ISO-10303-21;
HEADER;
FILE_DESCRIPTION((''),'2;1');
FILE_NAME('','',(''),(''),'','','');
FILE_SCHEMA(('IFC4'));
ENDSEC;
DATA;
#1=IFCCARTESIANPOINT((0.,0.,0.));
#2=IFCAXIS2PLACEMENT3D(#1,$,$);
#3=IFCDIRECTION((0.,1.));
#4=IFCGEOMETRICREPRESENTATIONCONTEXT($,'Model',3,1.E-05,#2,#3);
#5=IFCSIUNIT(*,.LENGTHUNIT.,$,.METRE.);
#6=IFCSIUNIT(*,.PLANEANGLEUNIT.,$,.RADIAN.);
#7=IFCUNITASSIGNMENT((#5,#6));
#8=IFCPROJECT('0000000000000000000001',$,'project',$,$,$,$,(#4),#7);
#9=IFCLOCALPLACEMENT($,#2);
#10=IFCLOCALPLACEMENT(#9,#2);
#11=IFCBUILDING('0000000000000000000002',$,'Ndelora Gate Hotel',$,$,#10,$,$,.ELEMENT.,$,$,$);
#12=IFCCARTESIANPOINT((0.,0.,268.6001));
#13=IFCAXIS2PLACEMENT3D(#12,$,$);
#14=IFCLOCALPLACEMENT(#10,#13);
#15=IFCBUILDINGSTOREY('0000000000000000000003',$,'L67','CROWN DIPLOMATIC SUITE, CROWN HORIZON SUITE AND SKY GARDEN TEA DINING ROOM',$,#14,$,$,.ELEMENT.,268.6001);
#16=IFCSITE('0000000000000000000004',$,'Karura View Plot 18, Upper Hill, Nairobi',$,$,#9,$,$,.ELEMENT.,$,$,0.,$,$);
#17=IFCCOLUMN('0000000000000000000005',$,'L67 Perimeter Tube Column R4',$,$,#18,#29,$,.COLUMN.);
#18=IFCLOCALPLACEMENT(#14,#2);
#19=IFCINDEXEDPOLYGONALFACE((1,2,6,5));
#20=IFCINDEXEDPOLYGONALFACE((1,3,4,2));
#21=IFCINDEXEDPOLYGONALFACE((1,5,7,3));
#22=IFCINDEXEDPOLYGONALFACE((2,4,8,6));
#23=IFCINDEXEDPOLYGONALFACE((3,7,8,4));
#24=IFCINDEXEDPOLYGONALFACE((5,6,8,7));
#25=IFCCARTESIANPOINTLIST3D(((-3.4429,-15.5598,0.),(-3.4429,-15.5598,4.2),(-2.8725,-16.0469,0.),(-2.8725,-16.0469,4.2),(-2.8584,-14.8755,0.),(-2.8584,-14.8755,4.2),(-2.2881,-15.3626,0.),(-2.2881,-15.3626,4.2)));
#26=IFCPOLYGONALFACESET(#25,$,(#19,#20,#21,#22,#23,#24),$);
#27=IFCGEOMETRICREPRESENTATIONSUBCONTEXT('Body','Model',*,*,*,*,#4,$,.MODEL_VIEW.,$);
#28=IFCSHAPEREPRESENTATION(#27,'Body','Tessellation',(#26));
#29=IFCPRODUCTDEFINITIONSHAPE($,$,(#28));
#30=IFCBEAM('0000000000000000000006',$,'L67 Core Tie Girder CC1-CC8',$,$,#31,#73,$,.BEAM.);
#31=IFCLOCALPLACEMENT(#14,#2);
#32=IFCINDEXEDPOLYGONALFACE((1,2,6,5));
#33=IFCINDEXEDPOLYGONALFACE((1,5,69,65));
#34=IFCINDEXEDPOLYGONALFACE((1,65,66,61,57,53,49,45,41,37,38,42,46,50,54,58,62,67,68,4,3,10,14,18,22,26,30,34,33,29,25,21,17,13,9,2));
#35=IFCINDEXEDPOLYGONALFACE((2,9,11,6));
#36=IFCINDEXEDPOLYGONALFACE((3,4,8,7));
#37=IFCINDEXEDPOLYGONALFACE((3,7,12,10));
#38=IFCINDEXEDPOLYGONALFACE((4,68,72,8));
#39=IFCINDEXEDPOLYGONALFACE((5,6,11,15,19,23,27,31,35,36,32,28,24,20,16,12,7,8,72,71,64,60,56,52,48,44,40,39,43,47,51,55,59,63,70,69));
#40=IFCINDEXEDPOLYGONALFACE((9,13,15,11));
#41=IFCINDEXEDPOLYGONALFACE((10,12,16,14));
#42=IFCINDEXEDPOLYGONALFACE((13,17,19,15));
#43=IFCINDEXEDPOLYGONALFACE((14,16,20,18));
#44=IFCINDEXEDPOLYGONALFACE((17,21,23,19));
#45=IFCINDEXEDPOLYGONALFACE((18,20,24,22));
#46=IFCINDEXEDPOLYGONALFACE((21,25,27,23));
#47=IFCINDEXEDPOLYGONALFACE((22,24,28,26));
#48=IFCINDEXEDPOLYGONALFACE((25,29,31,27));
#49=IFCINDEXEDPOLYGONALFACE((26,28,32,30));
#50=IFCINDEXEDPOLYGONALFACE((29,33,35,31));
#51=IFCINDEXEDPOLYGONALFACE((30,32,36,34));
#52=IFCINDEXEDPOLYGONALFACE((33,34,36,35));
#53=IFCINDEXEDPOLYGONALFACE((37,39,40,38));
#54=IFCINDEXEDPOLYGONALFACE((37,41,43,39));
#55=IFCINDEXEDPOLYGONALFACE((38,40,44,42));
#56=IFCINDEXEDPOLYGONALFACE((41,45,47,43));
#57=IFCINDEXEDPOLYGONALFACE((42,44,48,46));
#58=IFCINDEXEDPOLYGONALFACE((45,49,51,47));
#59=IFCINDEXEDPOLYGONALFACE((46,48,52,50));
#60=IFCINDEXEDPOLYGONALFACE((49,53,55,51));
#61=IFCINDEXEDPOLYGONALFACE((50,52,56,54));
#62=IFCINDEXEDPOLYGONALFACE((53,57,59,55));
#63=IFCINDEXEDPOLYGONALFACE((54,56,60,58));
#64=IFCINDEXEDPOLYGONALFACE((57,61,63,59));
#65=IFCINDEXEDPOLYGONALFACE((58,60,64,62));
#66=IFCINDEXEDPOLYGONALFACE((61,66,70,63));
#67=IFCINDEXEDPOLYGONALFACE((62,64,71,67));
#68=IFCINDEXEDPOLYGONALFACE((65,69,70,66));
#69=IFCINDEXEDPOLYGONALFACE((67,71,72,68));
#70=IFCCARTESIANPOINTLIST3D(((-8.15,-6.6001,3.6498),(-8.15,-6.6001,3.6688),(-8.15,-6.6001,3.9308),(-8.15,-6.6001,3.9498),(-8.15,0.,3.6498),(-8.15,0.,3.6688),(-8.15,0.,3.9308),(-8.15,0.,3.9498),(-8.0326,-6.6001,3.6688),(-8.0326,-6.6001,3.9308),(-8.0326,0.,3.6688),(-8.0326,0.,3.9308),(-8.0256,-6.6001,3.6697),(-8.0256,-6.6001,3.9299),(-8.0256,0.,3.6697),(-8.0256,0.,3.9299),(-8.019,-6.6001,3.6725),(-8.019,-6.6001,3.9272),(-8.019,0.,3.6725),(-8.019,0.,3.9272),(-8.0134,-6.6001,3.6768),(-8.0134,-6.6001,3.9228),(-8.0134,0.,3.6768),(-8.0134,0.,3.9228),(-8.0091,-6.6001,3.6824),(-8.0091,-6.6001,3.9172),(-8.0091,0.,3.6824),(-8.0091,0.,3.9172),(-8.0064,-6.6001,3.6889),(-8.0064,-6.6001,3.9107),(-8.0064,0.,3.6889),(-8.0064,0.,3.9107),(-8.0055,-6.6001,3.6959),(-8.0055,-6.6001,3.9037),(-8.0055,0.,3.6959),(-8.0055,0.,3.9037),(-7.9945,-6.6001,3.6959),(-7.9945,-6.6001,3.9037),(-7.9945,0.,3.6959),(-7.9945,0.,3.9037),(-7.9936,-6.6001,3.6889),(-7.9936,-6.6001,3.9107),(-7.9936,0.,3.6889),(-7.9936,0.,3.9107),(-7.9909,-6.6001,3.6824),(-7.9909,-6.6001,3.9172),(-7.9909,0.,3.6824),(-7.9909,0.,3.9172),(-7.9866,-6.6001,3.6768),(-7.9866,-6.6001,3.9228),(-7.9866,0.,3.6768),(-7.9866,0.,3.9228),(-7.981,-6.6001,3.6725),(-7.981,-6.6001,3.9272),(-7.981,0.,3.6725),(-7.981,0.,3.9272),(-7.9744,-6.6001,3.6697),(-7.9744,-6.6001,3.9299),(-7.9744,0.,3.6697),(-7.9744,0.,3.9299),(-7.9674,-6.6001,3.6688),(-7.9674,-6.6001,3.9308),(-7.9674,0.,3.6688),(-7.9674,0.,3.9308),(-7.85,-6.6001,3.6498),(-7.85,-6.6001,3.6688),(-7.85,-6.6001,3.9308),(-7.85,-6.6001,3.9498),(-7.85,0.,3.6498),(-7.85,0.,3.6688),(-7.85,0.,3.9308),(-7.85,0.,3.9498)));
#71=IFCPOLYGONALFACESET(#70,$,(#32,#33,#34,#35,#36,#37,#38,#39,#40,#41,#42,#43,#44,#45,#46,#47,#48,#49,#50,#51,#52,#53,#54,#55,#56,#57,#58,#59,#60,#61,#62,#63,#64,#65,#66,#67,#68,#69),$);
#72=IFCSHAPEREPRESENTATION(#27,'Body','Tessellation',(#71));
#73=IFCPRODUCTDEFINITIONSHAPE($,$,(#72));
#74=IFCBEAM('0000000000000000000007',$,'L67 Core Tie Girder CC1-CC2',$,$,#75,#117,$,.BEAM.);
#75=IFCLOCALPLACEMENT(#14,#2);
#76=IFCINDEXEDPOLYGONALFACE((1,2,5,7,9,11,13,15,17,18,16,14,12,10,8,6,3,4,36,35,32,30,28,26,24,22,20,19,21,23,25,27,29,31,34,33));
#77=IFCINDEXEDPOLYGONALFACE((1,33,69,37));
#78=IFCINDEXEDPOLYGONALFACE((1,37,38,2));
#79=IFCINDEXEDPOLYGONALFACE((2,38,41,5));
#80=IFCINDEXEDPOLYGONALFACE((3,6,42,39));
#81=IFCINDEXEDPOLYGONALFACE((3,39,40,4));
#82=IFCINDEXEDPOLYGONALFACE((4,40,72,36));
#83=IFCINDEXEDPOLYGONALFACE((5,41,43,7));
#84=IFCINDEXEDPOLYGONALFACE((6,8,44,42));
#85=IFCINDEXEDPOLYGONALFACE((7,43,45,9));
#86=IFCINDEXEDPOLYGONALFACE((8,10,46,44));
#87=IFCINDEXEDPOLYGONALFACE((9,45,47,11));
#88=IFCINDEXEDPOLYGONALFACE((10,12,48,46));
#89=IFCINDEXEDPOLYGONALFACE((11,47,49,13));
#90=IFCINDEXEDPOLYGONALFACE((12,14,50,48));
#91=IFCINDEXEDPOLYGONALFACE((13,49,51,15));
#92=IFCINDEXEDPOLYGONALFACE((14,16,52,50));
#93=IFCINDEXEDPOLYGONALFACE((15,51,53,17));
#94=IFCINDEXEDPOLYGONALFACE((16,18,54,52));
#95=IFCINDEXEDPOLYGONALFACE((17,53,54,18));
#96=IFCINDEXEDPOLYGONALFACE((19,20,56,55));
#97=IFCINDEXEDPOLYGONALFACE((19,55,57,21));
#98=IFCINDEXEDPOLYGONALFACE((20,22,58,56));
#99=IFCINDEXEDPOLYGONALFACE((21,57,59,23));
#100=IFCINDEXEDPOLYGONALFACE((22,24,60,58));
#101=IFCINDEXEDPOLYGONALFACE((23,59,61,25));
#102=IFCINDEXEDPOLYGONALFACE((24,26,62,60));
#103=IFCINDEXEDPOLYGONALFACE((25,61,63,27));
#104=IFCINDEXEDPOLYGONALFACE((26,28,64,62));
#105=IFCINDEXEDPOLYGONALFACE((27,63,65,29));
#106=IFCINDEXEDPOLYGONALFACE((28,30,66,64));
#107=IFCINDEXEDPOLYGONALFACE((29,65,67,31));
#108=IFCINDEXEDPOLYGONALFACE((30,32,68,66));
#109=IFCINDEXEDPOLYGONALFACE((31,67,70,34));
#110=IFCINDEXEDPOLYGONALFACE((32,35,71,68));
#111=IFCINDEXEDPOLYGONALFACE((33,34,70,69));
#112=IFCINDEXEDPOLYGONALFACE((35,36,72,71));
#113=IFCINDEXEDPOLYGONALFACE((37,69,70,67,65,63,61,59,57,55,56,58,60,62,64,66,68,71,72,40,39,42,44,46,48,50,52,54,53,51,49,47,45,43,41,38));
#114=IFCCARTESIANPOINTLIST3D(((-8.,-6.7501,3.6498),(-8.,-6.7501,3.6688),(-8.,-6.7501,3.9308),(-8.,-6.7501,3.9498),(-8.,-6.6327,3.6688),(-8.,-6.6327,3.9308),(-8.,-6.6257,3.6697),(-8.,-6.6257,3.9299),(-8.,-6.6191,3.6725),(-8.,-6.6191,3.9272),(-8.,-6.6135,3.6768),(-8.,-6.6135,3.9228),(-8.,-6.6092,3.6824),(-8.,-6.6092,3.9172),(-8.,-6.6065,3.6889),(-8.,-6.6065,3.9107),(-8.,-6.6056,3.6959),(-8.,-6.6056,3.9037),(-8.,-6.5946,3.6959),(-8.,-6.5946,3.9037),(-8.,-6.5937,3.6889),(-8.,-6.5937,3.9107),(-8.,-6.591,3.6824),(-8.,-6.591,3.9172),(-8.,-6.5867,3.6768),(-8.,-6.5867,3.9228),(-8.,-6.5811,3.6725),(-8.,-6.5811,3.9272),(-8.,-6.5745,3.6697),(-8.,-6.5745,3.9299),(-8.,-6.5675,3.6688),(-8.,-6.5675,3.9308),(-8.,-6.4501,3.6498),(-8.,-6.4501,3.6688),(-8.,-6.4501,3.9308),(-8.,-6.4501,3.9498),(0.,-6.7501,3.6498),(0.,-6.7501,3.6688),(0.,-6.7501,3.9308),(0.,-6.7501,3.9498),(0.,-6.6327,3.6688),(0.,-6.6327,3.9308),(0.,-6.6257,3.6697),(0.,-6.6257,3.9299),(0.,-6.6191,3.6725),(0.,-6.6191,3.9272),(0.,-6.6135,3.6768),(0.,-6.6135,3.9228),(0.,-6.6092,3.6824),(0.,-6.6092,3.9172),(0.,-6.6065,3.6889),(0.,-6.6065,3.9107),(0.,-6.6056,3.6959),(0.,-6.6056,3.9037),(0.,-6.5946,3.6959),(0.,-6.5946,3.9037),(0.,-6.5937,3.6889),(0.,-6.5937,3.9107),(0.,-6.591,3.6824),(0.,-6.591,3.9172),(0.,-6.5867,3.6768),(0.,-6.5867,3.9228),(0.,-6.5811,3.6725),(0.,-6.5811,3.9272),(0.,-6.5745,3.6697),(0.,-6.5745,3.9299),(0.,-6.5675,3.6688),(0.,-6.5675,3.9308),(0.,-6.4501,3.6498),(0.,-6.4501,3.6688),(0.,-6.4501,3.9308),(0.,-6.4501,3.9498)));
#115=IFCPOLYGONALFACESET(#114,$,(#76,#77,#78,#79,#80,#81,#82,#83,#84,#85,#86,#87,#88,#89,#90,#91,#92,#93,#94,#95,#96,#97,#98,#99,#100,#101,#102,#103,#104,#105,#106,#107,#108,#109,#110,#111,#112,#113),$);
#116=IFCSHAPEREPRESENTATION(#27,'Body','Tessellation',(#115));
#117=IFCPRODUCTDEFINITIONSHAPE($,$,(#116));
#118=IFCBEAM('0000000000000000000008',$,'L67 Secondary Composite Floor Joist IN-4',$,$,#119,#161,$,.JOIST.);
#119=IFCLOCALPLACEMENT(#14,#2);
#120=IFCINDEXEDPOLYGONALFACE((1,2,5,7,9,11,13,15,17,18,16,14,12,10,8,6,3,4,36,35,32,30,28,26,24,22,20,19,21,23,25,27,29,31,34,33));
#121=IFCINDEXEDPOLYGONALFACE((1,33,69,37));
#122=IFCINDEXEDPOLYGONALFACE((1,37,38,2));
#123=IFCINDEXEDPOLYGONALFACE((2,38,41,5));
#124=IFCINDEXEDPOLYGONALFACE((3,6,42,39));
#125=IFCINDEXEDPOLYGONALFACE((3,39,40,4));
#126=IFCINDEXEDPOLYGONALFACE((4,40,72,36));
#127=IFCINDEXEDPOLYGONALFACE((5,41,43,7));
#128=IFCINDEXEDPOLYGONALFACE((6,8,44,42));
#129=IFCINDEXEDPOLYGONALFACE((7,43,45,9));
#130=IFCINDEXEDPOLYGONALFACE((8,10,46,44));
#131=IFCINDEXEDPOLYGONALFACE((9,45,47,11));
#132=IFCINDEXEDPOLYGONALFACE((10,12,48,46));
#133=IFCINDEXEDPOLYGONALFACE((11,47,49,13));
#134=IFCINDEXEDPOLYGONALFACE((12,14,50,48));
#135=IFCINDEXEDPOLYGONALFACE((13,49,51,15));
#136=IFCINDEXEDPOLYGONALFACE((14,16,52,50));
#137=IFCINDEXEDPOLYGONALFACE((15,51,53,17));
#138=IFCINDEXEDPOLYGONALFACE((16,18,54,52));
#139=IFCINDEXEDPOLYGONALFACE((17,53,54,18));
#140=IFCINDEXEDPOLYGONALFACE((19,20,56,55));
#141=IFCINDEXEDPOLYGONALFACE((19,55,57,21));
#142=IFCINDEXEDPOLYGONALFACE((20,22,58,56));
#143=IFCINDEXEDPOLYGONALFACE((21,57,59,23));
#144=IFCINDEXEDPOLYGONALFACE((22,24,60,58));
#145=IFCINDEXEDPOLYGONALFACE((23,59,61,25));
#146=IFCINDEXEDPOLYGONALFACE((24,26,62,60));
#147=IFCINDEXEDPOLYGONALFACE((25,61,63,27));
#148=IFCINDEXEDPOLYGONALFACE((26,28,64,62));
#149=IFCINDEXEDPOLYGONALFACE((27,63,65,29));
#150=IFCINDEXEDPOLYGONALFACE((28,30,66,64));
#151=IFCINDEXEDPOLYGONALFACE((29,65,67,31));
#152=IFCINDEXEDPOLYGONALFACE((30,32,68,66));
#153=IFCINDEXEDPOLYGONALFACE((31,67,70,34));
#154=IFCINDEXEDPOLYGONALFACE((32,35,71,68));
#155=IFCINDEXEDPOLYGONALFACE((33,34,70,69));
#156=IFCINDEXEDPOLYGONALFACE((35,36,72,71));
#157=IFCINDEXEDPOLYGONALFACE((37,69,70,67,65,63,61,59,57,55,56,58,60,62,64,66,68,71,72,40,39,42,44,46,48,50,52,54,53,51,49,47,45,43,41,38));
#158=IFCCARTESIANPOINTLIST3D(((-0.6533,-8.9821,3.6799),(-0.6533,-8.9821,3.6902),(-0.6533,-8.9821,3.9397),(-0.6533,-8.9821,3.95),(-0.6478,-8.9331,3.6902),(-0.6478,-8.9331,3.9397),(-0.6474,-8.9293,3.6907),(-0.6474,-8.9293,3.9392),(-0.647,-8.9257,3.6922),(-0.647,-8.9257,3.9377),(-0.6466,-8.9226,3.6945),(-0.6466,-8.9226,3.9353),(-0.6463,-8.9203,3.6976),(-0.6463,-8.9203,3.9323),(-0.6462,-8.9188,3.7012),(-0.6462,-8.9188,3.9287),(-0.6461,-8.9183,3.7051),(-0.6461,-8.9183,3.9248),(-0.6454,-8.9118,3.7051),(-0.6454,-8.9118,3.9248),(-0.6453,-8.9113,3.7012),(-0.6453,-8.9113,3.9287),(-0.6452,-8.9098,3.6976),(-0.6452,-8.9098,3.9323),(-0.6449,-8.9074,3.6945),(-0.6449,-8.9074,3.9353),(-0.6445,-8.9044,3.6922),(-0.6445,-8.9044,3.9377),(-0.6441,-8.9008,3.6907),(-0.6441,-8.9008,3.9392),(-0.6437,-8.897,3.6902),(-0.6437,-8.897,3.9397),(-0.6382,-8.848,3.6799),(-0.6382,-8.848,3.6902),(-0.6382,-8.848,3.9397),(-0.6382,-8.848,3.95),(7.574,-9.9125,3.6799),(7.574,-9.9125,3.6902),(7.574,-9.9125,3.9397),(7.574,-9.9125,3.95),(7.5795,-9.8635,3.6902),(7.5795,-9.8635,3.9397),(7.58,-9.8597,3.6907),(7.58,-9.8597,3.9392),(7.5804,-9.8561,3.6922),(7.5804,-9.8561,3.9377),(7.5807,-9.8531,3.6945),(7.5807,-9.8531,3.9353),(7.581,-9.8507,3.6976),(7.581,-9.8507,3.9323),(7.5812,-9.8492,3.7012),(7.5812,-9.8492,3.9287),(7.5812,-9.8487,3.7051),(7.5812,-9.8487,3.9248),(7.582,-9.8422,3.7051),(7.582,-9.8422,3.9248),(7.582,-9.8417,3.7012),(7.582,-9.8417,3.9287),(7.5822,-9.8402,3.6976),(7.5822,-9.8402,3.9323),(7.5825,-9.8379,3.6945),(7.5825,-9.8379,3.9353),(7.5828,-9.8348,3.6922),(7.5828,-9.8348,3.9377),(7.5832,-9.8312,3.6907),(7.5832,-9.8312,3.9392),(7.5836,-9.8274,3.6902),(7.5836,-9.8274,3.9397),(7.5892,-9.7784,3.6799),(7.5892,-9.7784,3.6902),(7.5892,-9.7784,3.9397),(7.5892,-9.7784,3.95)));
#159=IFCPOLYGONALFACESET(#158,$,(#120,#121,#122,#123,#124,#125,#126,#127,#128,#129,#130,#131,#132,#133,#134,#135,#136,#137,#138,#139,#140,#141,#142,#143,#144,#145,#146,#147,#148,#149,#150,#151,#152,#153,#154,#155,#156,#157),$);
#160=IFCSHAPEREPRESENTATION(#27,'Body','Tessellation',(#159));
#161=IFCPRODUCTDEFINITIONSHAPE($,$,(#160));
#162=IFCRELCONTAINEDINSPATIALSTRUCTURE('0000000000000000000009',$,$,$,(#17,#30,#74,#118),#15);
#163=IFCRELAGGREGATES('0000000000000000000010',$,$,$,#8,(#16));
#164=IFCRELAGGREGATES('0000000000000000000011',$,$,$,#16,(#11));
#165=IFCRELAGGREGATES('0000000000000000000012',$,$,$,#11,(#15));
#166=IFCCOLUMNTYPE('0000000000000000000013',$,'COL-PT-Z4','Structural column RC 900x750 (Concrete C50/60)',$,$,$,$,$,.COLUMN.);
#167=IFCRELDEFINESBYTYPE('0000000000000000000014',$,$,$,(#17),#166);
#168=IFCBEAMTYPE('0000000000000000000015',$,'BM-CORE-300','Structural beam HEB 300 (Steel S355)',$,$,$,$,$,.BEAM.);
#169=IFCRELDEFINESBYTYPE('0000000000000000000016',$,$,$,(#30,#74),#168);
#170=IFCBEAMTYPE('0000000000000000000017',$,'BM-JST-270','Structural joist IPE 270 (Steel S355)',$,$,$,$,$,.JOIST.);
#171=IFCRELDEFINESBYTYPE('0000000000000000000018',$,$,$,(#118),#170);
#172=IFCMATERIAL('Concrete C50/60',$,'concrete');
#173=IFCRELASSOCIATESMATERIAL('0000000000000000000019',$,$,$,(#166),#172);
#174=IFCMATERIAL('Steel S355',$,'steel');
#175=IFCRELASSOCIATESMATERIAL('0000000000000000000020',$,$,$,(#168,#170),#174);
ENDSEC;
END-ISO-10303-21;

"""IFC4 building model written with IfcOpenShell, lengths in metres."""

from ifc_helpers import new_model, si_unit, direction, frame, origin, origin_2d, place, context, subcontext, project, spatial, rectangle, i_section, extrude, material, material_profile, profile_set, type_object, element, save


model = new_model("IFC4")

# Units and contexts
model_context = context("Model", 3, precision=1e-05, world=origin(), true_north=direction((0.0, 1.0)))
body_context = subcontext(model_context, "Body", "Model", "MODEL_VIEW")
ifc_project = project(units=[si_unit("LENGTHUNIT", "METRE"), si_unit("PLANEANGLEUNIT", "RADIAN")], contexts=[model_context])

# Site, building, storey
site_placement = place(None, origin())
site = spatial("IfcSite", under=ifc_project, at=site_placement, Name="Karura View Plot 18, Upper Hill, Nairobi", CompositionType="ELEMENT", RefElevation=0.0)
building_placement = place(site_placement, origin())
building = spatial("IfcBuilding", under=site, at=building_placement, Name="Ndelora Gate Hotel", CompositionType="ELEMENT")
storey_placement = place(building_placement, frame((0.0, 0.0, 268.6001)))
storey = spatial("IfcBuildingStorey", under=building, at=storey_placement, Name="L67", Description="CROWN DIPLOMATIC SUITE, CROWN HORIZON SUITE AND SKY GARDEN TEA DINING ROOM", CompositionType="ELEMENT", Elevation=268.6001)

# Column
ifc_material_1 = material(Name="Concrete C50/60", Category="concrete")
ifc_material_profile_1 = material_profile(ifc_material_1, rectangle(XDim=0.75, YDim=0.8999, at=origin_2d()), Name="RC 900x750")
ifc_profile_set_1 = profile_set([ifc_material_profile_1], Name="Concrete C50/60")
column_type = type_object("IfcColumnType", Name="COL-PT-Z4", Description="Structural column RC 900x750 (Concrete C50/60)", PredefinedType="COLUMN", material=ifc_profile_set_1)
column_placement = place(storey_placement, frame((-2.8655, -15.4612, 0.0), z_axis=(0.0, 0.0, 1.0), x_axis=(-0.760406, 0.649448, 0.0)))
element("IfcColumn", 1, at=column_placement, inside=storey, type_object=column_type, Name="L67 Perimeter Tube Column R4", PredefinedType="COLUMN", context=body_context, shape_type="SweptSolid", body=[
    extrude(rectangle(XDim=0.75, YDim=0.8999, at=origin_2d()), origin(), (0.0, 0.0, 1.0), 4.2),
])

# Beams
ifc_material_2 = material(Name="Steel S355", Category="steel")
ifc_material_profile_2 = material_profile(ifc_material_2, i_section(OverallWidth=0.3, OverallDepth=0.3, WebThickness=0.011, FlangeThickness=0.019, FilletRadius=0.0271, at=origin_2d()), Name="HEB 300")
ifc_profile_set_2 = profile_set([ifc_material_profile_2], Name="Steel S355")
beam_type_1 = type_object("IfcBeamType", Name="BM-CORE-300", Description="Structural beam HEB 300 (Steel S355)", PredefinedType="BEAM", material=ifc_profile_set_2)
beam_1_placement = place(storey_placement, frame((-8.0, -6.6001, 3.7998), z_axis=(0.0, 1.0, 0.0), x_axis=(-1.0, 0.0, 0.0)))
element("IfcBeam", 2, at=beam_1_placement, inside=storey, type_object=beam_type_1, Name="L67 Core Tie Girder CC1-CC8", PredefinedType="BEAM", context=body_context, shape_type="SweptSolid", body=[
    extrude(i_section(OverallWidth=0.3, OverallDepth=0.3, WebThickness=0.011, FlangeThickness=0.019, FilletRadius=0.0271, at=origin_2d()), origin(), (0.0, 0.0, 1.0), 6.6001),
])
beam_2_placement = place(storey_placement, frame((-8.0, -6.6001, 3.7998), z_axis=(1.0, 0.0, 0.0), x_axis=(0.0, 1.0, 0.0)))
element("IfcBeam", 3, at=beam_2_placement, inside=storey, type_object=beam_type_1, Name="L67 Core Tie Girder CC1-CC2", PredefinedType="BEAM", context=body_context, shape_type="SweptSolid", body=[
    extrude(i_section(OverallWidth=0.3, OverallDepth=0.3, WebThickness=0.011, FlangeThickness=0.019, FilletRadius=0.0271, at=origin_2d()), origin(), (0.0, 0.0, 1.0), 8.0),
])
ifc_material_profile_3 = material_profile(ifc_material_2, i_section(OverallWidth=0.135, OverallDepth=0.27, WebThickness=0.0066, FlangeThickness=0.0103, FilletRadius=0.0149, at=origin_2d()), Name="IPE 270")
ifc_profile_set_3 = profile_set([ifc_material_profile_3], Name="Steel S355")
beam_type_2 = type_object("IfcBeamType", Name="BM-JST-270", Description="Structural joist IPE 270 (Steel S355)", PredefinedType="JOIST", material=ifc_profile_set_3)
beam_3_placement = place(storey_placement, frame((-0.6458, -8.915, 3.8149), z_axis=(0.993666, -0.112373, 0.0), x_axis=(0.112373, 0.993666, 0.0)))
element("IfcBeam", 4, at=beam_3_placement, inside=storey, type_object=beam_type_2, Name="L67 Secondary Composite Floor Joist IN-4", PredefinedType="JOIST", context=body_context, shape_type="SweptSolid", body=[
    extrude(i_section(OverallWidth=0.135, OverallDepth=0.27, WebThickness=0.0066, FlangeThickness=0.0103, FilletRadius=0.0149, at=origin_2d()), origin(), (0.0, 0.0, 1.0), 8.2798),
])

save(model, "model.ifc")
